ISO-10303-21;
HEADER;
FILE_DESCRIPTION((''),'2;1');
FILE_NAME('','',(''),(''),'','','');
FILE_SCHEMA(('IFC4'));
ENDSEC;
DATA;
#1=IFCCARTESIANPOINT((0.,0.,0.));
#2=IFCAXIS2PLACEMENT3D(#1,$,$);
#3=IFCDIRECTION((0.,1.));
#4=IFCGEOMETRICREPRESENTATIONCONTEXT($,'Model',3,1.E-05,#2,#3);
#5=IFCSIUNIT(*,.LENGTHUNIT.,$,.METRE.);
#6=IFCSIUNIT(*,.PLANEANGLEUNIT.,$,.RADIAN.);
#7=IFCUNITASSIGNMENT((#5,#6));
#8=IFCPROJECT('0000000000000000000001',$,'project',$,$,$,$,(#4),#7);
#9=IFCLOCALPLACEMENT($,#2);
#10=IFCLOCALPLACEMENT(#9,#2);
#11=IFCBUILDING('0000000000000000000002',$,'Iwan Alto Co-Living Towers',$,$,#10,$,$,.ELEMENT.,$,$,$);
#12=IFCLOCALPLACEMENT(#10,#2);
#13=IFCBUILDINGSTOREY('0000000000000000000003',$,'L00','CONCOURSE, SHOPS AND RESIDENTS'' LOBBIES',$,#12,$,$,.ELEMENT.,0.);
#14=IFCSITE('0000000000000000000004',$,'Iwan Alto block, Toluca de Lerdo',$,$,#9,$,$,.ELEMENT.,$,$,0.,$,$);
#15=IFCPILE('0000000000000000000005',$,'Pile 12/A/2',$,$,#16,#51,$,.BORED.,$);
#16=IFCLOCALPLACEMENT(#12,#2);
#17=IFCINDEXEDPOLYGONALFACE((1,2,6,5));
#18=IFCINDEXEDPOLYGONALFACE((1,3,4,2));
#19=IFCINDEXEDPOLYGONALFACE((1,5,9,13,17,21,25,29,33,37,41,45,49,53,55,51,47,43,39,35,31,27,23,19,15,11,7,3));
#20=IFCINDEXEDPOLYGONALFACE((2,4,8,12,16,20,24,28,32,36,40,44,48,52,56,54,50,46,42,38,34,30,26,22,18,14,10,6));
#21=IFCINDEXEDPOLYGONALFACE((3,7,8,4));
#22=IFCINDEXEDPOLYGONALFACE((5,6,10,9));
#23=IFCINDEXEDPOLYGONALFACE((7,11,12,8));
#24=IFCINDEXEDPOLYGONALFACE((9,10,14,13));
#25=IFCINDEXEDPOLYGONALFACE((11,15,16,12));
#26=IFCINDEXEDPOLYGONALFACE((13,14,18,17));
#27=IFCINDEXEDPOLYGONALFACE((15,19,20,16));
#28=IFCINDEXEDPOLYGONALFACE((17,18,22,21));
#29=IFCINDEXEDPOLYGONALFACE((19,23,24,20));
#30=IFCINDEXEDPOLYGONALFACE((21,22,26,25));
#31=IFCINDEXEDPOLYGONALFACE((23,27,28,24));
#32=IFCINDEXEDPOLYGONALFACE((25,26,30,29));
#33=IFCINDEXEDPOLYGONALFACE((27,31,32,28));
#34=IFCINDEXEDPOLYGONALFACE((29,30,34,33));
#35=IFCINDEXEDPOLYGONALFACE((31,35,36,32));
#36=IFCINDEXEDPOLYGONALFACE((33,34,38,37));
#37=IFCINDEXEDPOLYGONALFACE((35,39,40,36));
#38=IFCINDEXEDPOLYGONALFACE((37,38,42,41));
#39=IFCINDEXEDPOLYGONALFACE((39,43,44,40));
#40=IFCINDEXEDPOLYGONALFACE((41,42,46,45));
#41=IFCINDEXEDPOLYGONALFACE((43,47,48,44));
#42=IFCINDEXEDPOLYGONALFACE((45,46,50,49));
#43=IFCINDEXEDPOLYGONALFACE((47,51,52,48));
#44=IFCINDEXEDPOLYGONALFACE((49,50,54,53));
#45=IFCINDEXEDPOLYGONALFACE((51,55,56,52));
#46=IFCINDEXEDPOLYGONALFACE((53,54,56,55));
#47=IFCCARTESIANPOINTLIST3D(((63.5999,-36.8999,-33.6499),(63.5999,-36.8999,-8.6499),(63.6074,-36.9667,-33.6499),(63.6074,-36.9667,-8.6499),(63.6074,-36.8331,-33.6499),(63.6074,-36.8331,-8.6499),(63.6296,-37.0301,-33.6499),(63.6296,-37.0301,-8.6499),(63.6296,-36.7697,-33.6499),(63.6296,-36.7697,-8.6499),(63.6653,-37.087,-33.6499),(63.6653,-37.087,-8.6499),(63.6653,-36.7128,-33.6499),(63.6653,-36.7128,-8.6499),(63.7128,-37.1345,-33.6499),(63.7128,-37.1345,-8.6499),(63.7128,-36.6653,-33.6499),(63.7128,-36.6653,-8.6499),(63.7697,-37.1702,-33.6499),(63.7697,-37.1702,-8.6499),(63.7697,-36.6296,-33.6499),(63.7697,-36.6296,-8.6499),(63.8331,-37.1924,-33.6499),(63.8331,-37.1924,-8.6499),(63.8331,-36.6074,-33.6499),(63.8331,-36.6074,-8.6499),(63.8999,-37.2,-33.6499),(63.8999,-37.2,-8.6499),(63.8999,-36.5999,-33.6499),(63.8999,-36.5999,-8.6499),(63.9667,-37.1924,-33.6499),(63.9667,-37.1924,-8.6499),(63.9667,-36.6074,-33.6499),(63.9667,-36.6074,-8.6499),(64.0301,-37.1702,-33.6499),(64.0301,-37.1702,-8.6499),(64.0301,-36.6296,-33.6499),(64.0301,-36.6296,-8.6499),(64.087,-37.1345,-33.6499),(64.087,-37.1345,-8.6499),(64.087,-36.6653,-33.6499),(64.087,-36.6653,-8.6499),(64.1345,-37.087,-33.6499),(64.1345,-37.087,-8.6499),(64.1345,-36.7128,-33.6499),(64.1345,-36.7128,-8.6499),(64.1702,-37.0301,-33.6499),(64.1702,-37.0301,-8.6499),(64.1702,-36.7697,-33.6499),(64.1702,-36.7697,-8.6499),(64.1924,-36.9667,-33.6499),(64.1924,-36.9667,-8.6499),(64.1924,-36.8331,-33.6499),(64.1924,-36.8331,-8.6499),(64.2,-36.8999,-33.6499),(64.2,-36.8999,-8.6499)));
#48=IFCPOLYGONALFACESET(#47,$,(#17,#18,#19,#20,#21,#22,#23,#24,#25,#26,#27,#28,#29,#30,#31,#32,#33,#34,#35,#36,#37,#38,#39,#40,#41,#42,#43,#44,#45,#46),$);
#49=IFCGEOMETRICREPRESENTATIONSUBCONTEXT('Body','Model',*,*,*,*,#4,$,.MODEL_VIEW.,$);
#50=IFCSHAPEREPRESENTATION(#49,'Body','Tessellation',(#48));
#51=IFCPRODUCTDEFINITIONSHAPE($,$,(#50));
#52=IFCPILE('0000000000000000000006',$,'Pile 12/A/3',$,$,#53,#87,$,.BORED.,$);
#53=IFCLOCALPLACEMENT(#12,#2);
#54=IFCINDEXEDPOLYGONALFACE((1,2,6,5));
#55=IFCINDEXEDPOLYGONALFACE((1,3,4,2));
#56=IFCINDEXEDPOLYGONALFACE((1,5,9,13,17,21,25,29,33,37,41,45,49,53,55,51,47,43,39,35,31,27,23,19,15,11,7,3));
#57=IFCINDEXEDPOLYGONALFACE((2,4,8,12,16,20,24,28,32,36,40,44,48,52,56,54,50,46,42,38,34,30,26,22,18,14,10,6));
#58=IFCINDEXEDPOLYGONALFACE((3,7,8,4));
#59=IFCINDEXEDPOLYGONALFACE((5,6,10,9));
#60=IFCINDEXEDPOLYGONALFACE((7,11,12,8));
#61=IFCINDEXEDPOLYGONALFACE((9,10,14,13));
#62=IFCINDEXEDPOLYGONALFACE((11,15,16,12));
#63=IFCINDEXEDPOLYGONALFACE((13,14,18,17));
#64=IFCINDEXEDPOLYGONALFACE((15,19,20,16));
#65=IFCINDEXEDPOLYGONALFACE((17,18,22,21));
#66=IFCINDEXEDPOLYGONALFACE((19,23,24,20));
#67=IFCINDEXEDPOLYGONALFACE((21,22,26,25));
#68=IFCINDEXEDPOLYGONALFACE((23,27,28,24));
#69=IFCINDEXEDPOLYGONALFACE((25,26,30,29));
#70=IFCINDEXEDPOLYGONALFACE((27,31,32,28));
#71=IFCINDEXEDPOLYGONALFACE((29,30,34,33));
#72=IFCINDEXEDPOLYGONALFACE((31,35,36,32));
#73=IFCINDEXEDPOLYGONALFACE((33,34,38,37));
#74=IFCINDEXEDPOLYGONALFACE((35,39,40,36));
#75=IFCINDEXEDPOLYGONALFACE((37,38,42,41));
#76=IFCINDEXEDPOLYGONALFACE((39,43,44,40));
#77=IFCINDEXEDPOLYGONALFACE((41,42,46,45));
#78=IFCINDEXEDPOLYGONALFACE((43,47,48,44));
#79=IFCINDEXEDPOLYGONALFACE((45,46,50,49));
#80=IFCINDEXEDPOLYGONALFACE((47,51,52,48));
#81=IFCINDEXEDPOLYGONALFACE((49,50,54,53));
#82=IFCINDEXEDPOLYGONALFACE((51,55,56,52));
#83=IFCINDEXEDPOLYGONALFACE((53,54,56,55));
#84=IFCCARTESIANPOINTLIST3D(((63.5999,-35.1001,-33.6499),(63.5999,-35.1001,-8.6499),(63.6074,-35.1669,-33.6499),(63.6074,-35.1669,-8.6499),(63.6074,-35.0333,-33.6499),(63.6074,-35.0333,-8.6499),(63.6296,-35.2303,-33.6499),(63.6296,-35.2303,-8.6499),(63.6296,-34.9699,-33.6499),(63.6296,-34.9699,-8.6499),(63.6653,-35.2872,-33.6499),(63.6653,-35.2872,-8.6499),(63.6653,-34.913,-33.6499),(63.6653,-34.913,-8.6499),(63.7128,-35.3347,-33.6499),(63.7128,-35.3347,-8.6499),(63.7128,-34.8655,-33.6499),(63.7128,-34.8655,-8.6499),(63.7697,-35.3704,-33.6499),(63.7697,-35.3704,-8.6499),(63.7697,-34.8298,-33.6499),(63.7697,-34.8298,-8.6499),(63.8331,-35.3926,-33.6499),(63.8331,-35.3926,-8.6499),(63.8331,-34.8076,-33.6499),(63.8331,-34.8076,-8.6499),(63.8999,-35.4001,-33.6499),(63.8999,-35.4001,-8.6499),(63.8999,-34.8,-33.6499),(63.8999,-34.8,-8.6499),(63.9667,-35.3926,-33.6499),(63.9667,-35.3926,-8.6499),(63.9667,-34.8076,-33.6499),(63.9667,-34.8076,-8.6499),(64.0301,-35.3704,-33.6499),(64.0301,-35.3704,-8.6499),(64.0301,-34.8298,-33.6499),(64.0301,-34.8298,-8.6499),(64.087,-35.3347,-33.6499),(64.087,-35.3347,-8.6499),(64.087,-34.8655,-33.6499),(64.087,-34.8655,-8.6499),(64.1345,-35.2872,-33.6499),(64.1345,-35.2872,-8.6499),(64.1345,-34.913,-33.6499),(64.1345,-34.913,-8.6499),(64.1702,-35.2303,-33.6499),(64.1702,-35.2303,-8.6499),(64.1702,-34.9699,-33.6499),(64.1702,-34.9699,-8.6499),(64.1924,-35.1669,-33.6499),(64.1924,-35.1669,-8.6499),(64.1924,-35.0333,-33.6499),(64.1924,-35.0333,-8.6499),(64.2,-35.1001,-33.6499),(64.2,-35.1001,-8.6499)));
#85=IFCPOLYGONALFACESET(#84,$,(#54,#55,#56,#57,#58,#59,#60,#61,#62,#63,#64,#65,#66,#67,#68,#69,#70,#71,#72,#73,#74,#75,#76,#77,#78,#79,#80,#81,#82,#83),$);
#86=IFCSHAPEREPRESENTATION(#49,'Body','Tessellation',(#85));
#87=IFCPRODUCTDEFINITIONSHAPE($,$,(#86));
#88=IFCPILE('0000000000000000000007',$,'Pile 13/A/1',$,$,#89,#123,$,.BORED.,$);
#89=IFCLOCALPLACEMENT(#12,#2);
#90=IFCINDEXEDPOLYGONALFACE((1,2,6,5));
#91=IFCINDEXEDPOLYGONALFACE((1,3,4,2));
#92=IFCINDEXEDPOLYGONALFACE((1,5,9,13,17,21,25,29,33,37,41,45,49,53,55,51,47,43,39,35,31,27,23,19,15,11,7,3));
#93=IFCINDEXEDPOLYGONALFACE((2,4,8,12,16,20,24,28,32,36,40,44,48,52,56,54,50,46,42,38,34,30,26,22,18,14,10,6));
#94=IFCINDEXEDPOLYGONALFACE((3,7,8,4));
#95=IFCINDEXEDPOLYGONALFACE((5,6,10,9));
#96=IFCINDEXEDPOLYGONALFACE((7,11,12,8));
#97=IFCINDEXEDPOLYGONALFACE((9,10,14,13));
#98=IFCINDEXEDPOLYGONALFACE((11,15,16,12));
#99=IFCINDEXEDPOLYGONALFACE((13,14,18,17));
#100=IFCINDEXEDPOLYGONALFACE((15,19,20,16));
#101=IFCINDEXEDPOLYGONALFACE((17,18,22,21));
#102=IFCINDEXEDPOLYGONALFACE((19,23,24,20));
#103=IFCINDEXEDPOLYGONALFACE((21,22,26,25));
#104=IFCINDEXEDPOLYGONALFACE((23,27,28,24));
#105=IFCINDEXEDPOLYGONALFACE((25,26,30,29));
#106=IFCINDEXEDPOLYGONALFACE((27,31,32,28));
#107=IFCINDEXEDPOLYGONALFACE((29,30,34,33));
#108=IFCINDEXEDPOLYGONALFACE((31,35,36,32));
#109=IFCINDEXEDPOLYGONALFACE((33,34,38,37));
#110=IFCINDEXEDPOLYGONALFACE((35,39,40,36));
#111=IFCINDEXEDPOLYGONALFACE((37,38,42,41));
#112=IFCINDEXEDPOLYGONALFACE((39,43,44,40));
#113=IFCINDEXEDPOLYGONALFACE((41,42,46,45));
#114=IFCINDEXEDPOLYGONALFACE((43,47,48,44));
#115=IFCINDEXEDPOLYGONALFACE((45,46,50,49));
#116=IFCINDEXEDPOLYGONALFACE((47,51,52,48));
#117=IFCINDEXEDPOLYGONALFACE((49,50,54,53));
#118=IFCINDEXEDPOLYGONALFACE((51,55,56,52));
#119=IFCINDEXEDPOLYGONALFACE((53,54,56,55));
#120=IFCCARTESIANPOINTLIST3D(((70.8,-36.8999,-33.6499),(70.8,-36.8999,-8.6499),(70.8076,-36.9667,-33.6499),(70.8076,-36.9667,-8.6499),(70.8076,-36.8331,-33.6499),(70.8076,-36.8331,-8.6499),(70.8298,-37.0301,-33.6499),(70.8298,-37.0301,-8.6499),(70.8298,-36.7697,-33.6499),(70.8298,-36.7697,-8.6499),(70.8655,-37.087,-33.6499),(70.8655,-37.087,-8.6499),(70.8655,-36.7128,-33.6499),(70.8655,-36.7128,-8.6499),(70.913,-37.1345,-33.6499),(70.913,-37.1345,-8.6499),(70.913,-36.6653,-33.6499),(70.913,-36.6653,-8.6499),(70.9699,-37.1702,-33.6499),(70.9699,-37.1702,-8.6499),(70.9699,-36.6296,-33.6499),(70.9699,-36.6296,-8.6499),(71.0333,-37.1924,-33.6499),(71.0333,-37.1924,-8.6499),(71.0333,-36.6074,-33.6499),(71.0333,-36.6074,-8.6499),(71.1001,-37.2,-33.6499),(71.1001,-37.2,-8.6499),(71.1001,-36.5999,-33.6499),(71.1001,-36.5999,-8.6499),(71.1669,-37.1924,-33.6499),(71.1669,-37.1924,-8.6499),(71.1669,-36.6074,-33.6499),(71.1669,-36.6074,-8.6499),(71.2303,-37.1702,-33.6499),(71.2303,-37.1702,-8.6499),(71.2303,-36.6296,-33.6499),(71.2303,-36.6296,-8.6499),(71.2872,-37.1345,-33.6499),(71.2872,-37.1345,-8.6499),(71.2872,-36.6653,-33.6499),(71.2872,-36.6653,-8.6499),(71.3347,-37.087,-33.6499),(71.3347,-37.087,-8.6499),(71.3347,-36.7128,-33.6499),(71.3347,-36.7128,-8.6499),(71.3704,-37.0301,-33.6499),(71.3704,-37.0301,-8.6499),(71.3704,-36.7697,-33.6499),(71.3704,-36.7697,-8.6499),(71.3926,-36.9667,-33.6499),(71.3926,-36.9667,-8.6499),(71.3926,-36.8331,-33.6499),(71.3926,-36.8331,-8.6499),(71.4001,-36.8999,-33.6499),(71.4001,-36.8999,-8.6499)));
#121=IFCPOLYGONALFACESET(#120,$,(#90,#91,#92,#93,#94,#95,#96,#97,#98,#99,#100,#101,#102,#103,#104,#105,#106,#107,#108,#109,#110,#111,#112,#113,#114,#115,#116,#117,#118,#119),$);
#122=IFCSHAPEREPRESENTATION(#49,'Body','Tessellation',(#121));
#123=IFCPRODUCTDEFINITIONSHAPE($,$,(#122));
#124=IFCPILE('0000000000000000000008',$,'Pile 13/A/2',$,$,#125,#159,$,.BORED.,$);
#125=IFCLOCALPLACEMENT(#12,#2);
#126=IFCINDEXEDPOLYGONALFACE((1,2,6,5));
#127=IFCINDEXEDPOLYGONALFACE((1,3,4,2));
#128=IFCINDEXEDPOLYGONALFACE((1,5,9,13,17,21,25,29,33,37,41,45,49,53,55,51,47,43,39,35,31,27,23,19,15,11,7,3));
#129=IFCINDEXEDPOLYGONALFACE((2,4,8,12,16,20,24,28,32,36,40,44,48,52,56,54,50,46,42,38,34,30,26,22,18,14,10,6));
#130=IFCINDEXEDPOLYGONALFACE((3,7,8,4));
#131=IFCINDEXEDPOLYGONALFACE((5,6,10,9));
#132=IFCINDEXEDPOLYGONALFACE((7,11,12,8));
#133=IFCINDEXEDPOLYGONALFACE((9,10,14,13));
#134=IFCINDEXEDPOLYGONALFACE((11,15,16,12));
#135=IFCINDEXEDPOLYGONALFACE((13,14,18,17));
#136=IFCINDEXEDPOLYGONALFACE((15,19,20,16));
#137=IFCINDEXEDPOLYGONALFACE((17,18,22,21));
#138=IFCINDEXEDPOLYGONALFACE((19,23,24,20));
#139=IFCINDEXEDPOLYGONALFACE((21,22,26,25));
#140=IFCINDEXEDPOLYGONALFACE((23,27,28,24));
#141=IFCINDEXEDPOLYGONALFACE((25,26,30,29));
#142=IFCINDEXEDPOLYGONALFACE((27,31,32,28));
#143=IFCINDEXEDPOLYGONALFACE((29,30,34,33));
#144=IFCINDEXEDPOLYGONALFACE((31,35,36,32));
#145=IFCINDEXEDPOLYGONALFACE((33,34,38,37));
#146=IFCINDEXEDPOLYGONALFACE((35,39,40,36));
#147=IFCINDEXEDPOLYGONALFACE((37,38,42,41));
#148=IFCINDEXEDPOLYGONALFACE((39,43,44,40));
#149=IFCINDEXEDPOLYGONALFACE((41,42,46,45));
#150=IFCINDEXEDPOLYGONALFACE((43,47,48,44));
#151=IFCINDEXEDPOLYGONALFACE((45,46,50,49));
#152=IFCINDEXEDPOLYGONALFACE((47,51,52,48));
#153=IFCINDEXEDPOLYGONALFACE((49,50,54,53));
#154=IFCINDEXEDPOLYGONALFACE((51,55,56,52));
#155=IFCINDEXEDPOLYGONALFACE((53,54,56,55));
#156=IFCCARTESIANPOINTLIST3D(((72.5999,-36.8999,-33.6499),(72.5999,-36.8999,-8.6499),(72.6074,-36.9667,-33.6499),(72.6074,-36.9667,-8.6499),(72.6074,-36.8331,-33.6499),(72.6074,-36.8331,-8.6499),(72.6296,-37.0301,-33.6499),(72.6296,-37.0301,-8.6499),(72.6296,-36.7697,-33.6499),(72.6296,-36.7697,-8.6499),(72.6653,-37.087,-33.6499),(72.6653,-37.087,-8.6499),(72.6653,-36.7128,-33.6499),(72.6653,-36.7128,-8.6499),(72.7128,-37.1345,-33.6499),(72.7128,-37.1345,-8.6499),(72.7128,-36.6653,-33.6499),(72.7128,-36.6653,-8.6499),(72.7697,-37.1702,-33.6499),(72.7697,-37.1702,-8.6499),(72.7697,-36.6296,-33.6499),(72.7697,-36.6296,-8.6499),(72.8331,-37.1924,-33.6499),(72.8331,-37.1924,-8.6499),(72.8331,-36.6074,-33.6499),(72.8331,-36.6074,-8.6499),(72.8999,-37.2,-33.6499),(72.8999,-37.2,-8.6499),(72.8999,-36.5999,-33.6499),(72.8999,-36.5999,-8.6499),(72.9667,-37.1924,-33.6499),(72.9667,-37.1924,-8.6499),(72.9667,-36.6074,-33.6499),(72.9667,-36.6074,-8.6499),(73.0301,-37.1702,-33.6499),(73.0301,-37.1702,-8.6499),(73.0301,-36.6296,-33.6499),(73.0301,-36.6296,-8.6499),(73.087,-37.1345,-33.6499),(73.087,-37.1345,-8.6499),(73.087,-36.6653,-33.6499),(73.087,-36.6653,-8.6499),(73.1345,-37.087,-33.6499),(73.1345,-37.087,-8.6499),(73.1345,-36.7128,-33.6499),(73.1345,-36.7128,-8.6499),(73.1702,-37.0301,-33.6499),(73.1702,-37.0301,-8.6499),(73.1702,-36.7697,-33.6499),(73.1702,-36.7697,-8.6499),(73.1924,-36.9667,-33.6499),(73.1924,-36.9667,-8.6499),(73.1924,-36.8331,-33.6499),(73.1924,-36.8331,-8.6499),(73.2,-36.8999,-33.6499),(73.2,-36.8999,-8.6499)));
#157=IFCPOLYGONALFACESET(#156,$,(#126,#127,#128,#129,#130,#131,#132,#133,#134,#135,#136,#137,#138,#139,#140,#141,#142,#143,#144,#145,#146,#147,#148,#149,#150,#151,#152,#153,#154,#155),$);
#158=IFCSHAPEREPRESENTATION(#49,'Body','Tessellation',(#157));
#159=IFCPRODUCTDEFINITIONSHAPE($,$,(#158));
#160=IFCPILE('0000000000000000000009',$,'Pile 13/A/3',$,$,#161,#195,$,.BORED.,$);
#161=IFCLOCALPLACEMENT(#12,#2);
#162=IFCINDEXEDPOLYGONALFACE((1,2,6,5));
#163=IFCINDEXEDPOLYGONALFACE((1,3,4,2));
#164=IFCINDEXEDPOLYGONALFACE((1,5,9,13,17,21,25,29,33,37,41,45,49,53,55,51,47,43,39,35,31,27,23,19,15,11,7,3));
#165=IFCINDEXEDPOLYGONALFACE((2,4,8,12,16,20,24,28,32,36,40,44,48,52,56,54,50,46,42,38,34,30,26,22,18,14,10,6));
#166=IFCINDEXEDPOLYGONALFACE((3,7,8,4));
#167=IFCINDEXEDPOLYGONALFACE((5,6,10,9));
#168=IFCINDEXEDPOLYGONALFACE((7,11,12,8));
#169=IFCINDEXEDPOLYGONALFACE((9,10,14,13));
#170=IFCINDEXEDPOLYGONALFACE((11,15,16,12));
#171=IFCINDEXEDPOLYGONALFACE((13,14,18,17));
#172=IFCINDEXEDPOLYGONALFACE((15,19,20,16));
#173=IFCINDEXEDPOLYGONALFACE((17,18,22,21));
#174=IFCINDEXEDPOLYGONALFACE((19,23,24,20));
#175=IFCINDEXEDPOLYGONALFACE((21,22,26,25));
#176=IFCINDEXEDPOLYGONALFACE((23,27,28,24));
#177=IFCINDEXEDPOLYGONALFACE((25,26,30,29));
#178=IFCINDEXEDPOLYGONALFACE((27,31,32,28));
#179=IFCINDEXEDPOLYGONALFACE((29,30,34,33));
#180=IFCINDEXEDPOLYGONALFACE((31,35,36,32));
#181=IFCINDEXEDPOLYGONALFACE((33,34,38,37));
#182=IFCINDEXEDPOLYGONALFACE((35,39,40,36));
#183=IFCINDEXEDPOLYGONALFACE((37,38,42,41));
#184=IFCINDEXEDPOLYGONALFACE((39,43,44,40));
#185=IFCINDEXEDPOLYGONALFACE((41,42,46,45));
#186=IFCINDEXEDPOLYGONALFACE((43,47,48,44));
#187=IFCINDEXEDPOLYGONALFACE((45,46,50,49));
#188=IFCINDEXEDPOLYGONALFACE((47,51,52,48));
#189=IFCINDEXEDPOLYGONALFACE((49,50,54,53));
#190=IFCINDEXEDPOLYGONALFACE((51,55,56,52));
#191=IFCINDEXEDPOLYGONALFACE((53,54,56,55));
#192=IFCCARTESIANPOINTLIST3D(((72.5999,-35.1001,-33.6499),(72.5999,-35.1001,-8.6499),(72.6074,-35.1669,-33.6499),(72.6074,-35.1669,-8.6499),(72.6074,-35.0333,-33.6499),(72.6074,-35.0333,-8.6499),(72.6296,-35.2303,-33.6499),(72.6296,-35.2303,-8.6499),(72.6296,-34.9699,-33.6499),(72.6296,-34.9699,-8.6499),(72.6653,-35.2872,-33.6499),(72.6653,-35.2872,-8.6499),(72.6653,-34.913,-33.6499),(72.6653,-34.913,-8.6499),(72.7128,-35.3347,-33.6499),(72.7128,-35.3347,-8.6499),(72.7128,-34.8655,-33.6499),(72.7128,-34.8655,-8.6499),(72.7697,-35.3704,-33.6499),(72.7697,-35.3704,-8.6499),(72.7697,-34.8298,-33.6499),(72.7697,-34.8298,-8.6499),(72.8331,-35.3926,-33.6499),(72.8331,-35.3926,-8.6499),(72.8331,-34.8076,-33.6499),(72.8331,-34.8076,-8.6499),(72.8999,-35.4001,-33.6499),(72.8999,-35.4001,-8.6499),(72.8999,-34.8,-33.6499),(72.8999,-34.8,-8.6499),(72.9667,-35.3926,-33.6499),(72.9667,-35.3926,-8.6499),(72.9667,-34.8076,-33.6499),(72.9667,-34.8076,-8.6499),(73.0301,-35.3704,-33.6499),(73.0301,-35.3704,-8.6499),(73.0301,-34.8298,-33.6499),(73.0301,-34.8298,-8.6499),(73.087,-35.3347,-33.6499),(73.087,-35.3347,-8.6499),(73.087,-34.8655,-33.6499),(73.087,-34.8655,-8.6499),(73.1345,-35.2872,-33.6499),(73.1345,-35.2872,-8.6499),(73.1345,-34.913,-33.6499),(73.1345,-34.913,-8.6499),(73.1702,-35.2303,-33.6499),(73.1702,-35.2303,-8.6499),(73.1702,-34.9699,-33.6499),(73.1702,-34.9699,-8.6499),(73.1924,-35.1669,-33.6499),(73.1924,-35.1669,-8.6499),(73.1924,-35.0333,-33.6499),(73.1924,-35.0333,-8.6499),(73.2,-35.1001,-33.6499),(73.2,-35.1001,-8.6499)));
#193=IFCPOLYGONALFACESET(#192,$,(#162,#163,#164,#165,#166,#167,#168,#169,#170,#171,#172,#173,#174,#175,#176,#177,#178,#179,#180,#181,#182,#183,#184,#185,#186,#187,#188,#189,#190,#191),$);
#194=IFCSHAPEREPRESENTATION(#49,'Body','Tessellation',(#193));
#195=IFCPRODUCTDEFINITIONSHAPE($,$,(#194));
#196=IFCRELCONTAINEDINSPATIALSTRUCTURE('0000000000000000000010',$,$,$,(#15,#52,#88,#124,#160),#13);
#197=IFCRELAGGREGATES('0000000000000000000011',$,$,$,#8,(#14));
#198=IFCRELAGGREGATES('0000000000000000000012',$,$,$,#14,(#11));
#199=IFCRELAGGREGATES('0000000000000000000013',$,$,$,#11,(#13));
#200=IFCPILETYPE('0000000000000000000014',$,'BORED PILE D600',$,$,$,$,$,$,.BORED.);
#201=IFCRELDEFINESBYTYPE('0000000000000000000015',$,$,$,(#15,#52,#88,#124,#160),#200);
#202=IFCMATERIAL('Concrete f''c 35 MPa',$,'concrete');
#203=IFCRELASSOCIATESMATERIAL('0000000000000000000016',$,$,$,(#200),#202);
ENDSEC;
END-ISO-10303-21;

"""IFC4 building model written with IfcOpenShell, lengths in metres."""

from ifc_helpers import new_model, si_unit, direction, frame, origin, origin_2d, place, context, subcontext, project, spatial, circle, extrude, material, material_profile, profile_set, type_object, element, save


model = new_model("IFC4")

# Units and contexts
model_context = context("Model", 3, precision=1e-05, world=origin(), true_north=direction((0.0, 1.0)))
body_context = subcontext(model_context, "Body", "Model", "MODEL_VIEW")
ifc_project = project(units=[si_unit("LENGTHUNIT", "METRE"), si_unit("PLANEANGLEUNIT", "RADIAN")], contexts=[model_context])

# Site, building, storey
site_placement = place(None, origin())
site = spatial("IfcSite", under=ifc_project, at=site_placement, Name="Iwan Alto block, Toluca de Lerdo", CompositionType="ELEMENT", RefElevation=0.0)
building_placement = place(site_placement, origin())
building = spatial("IfcBuilding", under=site, at=building_placement, Name="Iwan Alto Co-Living Towers", CompositionType="ELEMENT")
storey_placement = place(building_placement, origin())
storey = spatial("IfcBuildingStorey", under=building, at=storey_placement, Name="L00", Description="CONCOURSE, SHOPS AND RESIDENTS' LOBBIES", CompositionType="ELEMENT", Elevation=0.0)

# Piles
ifc_material_1 = material(Name="Concrete f'c 35 MPa", Category="concrete")
ifc_material_profile_1 = material_profile(ifc_material_1, circle(Radius=0.3, at=origin_2d()), Name="D600")
ifc_profile_set_1 = profile_set([ifc_material_profile_1], Name="Concrete f'c 35 MPa")
pile_type = type_object("IfcPileType", Name="BORED PILE D600", PredefinedType="BORED", material=ifc_profile_set_1)
for number, where, z_axis, x_axis, name in (
    (1, (63.8999, -36.8999, -8.6499), (0.0, 0.0, -1.0), (1.0, 0.0, 0.0), "Pile 12/A/2"),
    (2, (63.8999, -35.1001, -8.6499), (0.0, 0.0, -1.0), (1.0, 0.0, 0.0), "Pile 12/A/3"),
    (3, (71.1001, -36.8999, -8.6499), (0.0, 0.0, -1.0), (1.0, 0.0, 0.0), "Pile 13/A/1"),
    (4, (72.8999, -36.8999, -8.6499), (0.0, 0.0, -1.0), (1.0, 0.0, 0.0), "Pile 13/A/2"),
    (5, (72.8999, -35.1001, -8.6499), (0.0, 0.0, -1.0), (1.0, 0.0, 0.0), "Pile 13/A/3"),
):
    element("IfcPile", number, at=place(storey_placement, frame(where, z_axis=z_axis, x_axis=x_axis)), inside=storey, type_object=pile_type, Name=name, PredefinedType="BORED", context=body_context, shape_type="SweptSolid", body=[
        extrude(circle(Radius=0.3, at=origin_2d()), origin(), (0.0, 0.0, 1.0), 25.0),
    ])

save(model, "model.ifc")
